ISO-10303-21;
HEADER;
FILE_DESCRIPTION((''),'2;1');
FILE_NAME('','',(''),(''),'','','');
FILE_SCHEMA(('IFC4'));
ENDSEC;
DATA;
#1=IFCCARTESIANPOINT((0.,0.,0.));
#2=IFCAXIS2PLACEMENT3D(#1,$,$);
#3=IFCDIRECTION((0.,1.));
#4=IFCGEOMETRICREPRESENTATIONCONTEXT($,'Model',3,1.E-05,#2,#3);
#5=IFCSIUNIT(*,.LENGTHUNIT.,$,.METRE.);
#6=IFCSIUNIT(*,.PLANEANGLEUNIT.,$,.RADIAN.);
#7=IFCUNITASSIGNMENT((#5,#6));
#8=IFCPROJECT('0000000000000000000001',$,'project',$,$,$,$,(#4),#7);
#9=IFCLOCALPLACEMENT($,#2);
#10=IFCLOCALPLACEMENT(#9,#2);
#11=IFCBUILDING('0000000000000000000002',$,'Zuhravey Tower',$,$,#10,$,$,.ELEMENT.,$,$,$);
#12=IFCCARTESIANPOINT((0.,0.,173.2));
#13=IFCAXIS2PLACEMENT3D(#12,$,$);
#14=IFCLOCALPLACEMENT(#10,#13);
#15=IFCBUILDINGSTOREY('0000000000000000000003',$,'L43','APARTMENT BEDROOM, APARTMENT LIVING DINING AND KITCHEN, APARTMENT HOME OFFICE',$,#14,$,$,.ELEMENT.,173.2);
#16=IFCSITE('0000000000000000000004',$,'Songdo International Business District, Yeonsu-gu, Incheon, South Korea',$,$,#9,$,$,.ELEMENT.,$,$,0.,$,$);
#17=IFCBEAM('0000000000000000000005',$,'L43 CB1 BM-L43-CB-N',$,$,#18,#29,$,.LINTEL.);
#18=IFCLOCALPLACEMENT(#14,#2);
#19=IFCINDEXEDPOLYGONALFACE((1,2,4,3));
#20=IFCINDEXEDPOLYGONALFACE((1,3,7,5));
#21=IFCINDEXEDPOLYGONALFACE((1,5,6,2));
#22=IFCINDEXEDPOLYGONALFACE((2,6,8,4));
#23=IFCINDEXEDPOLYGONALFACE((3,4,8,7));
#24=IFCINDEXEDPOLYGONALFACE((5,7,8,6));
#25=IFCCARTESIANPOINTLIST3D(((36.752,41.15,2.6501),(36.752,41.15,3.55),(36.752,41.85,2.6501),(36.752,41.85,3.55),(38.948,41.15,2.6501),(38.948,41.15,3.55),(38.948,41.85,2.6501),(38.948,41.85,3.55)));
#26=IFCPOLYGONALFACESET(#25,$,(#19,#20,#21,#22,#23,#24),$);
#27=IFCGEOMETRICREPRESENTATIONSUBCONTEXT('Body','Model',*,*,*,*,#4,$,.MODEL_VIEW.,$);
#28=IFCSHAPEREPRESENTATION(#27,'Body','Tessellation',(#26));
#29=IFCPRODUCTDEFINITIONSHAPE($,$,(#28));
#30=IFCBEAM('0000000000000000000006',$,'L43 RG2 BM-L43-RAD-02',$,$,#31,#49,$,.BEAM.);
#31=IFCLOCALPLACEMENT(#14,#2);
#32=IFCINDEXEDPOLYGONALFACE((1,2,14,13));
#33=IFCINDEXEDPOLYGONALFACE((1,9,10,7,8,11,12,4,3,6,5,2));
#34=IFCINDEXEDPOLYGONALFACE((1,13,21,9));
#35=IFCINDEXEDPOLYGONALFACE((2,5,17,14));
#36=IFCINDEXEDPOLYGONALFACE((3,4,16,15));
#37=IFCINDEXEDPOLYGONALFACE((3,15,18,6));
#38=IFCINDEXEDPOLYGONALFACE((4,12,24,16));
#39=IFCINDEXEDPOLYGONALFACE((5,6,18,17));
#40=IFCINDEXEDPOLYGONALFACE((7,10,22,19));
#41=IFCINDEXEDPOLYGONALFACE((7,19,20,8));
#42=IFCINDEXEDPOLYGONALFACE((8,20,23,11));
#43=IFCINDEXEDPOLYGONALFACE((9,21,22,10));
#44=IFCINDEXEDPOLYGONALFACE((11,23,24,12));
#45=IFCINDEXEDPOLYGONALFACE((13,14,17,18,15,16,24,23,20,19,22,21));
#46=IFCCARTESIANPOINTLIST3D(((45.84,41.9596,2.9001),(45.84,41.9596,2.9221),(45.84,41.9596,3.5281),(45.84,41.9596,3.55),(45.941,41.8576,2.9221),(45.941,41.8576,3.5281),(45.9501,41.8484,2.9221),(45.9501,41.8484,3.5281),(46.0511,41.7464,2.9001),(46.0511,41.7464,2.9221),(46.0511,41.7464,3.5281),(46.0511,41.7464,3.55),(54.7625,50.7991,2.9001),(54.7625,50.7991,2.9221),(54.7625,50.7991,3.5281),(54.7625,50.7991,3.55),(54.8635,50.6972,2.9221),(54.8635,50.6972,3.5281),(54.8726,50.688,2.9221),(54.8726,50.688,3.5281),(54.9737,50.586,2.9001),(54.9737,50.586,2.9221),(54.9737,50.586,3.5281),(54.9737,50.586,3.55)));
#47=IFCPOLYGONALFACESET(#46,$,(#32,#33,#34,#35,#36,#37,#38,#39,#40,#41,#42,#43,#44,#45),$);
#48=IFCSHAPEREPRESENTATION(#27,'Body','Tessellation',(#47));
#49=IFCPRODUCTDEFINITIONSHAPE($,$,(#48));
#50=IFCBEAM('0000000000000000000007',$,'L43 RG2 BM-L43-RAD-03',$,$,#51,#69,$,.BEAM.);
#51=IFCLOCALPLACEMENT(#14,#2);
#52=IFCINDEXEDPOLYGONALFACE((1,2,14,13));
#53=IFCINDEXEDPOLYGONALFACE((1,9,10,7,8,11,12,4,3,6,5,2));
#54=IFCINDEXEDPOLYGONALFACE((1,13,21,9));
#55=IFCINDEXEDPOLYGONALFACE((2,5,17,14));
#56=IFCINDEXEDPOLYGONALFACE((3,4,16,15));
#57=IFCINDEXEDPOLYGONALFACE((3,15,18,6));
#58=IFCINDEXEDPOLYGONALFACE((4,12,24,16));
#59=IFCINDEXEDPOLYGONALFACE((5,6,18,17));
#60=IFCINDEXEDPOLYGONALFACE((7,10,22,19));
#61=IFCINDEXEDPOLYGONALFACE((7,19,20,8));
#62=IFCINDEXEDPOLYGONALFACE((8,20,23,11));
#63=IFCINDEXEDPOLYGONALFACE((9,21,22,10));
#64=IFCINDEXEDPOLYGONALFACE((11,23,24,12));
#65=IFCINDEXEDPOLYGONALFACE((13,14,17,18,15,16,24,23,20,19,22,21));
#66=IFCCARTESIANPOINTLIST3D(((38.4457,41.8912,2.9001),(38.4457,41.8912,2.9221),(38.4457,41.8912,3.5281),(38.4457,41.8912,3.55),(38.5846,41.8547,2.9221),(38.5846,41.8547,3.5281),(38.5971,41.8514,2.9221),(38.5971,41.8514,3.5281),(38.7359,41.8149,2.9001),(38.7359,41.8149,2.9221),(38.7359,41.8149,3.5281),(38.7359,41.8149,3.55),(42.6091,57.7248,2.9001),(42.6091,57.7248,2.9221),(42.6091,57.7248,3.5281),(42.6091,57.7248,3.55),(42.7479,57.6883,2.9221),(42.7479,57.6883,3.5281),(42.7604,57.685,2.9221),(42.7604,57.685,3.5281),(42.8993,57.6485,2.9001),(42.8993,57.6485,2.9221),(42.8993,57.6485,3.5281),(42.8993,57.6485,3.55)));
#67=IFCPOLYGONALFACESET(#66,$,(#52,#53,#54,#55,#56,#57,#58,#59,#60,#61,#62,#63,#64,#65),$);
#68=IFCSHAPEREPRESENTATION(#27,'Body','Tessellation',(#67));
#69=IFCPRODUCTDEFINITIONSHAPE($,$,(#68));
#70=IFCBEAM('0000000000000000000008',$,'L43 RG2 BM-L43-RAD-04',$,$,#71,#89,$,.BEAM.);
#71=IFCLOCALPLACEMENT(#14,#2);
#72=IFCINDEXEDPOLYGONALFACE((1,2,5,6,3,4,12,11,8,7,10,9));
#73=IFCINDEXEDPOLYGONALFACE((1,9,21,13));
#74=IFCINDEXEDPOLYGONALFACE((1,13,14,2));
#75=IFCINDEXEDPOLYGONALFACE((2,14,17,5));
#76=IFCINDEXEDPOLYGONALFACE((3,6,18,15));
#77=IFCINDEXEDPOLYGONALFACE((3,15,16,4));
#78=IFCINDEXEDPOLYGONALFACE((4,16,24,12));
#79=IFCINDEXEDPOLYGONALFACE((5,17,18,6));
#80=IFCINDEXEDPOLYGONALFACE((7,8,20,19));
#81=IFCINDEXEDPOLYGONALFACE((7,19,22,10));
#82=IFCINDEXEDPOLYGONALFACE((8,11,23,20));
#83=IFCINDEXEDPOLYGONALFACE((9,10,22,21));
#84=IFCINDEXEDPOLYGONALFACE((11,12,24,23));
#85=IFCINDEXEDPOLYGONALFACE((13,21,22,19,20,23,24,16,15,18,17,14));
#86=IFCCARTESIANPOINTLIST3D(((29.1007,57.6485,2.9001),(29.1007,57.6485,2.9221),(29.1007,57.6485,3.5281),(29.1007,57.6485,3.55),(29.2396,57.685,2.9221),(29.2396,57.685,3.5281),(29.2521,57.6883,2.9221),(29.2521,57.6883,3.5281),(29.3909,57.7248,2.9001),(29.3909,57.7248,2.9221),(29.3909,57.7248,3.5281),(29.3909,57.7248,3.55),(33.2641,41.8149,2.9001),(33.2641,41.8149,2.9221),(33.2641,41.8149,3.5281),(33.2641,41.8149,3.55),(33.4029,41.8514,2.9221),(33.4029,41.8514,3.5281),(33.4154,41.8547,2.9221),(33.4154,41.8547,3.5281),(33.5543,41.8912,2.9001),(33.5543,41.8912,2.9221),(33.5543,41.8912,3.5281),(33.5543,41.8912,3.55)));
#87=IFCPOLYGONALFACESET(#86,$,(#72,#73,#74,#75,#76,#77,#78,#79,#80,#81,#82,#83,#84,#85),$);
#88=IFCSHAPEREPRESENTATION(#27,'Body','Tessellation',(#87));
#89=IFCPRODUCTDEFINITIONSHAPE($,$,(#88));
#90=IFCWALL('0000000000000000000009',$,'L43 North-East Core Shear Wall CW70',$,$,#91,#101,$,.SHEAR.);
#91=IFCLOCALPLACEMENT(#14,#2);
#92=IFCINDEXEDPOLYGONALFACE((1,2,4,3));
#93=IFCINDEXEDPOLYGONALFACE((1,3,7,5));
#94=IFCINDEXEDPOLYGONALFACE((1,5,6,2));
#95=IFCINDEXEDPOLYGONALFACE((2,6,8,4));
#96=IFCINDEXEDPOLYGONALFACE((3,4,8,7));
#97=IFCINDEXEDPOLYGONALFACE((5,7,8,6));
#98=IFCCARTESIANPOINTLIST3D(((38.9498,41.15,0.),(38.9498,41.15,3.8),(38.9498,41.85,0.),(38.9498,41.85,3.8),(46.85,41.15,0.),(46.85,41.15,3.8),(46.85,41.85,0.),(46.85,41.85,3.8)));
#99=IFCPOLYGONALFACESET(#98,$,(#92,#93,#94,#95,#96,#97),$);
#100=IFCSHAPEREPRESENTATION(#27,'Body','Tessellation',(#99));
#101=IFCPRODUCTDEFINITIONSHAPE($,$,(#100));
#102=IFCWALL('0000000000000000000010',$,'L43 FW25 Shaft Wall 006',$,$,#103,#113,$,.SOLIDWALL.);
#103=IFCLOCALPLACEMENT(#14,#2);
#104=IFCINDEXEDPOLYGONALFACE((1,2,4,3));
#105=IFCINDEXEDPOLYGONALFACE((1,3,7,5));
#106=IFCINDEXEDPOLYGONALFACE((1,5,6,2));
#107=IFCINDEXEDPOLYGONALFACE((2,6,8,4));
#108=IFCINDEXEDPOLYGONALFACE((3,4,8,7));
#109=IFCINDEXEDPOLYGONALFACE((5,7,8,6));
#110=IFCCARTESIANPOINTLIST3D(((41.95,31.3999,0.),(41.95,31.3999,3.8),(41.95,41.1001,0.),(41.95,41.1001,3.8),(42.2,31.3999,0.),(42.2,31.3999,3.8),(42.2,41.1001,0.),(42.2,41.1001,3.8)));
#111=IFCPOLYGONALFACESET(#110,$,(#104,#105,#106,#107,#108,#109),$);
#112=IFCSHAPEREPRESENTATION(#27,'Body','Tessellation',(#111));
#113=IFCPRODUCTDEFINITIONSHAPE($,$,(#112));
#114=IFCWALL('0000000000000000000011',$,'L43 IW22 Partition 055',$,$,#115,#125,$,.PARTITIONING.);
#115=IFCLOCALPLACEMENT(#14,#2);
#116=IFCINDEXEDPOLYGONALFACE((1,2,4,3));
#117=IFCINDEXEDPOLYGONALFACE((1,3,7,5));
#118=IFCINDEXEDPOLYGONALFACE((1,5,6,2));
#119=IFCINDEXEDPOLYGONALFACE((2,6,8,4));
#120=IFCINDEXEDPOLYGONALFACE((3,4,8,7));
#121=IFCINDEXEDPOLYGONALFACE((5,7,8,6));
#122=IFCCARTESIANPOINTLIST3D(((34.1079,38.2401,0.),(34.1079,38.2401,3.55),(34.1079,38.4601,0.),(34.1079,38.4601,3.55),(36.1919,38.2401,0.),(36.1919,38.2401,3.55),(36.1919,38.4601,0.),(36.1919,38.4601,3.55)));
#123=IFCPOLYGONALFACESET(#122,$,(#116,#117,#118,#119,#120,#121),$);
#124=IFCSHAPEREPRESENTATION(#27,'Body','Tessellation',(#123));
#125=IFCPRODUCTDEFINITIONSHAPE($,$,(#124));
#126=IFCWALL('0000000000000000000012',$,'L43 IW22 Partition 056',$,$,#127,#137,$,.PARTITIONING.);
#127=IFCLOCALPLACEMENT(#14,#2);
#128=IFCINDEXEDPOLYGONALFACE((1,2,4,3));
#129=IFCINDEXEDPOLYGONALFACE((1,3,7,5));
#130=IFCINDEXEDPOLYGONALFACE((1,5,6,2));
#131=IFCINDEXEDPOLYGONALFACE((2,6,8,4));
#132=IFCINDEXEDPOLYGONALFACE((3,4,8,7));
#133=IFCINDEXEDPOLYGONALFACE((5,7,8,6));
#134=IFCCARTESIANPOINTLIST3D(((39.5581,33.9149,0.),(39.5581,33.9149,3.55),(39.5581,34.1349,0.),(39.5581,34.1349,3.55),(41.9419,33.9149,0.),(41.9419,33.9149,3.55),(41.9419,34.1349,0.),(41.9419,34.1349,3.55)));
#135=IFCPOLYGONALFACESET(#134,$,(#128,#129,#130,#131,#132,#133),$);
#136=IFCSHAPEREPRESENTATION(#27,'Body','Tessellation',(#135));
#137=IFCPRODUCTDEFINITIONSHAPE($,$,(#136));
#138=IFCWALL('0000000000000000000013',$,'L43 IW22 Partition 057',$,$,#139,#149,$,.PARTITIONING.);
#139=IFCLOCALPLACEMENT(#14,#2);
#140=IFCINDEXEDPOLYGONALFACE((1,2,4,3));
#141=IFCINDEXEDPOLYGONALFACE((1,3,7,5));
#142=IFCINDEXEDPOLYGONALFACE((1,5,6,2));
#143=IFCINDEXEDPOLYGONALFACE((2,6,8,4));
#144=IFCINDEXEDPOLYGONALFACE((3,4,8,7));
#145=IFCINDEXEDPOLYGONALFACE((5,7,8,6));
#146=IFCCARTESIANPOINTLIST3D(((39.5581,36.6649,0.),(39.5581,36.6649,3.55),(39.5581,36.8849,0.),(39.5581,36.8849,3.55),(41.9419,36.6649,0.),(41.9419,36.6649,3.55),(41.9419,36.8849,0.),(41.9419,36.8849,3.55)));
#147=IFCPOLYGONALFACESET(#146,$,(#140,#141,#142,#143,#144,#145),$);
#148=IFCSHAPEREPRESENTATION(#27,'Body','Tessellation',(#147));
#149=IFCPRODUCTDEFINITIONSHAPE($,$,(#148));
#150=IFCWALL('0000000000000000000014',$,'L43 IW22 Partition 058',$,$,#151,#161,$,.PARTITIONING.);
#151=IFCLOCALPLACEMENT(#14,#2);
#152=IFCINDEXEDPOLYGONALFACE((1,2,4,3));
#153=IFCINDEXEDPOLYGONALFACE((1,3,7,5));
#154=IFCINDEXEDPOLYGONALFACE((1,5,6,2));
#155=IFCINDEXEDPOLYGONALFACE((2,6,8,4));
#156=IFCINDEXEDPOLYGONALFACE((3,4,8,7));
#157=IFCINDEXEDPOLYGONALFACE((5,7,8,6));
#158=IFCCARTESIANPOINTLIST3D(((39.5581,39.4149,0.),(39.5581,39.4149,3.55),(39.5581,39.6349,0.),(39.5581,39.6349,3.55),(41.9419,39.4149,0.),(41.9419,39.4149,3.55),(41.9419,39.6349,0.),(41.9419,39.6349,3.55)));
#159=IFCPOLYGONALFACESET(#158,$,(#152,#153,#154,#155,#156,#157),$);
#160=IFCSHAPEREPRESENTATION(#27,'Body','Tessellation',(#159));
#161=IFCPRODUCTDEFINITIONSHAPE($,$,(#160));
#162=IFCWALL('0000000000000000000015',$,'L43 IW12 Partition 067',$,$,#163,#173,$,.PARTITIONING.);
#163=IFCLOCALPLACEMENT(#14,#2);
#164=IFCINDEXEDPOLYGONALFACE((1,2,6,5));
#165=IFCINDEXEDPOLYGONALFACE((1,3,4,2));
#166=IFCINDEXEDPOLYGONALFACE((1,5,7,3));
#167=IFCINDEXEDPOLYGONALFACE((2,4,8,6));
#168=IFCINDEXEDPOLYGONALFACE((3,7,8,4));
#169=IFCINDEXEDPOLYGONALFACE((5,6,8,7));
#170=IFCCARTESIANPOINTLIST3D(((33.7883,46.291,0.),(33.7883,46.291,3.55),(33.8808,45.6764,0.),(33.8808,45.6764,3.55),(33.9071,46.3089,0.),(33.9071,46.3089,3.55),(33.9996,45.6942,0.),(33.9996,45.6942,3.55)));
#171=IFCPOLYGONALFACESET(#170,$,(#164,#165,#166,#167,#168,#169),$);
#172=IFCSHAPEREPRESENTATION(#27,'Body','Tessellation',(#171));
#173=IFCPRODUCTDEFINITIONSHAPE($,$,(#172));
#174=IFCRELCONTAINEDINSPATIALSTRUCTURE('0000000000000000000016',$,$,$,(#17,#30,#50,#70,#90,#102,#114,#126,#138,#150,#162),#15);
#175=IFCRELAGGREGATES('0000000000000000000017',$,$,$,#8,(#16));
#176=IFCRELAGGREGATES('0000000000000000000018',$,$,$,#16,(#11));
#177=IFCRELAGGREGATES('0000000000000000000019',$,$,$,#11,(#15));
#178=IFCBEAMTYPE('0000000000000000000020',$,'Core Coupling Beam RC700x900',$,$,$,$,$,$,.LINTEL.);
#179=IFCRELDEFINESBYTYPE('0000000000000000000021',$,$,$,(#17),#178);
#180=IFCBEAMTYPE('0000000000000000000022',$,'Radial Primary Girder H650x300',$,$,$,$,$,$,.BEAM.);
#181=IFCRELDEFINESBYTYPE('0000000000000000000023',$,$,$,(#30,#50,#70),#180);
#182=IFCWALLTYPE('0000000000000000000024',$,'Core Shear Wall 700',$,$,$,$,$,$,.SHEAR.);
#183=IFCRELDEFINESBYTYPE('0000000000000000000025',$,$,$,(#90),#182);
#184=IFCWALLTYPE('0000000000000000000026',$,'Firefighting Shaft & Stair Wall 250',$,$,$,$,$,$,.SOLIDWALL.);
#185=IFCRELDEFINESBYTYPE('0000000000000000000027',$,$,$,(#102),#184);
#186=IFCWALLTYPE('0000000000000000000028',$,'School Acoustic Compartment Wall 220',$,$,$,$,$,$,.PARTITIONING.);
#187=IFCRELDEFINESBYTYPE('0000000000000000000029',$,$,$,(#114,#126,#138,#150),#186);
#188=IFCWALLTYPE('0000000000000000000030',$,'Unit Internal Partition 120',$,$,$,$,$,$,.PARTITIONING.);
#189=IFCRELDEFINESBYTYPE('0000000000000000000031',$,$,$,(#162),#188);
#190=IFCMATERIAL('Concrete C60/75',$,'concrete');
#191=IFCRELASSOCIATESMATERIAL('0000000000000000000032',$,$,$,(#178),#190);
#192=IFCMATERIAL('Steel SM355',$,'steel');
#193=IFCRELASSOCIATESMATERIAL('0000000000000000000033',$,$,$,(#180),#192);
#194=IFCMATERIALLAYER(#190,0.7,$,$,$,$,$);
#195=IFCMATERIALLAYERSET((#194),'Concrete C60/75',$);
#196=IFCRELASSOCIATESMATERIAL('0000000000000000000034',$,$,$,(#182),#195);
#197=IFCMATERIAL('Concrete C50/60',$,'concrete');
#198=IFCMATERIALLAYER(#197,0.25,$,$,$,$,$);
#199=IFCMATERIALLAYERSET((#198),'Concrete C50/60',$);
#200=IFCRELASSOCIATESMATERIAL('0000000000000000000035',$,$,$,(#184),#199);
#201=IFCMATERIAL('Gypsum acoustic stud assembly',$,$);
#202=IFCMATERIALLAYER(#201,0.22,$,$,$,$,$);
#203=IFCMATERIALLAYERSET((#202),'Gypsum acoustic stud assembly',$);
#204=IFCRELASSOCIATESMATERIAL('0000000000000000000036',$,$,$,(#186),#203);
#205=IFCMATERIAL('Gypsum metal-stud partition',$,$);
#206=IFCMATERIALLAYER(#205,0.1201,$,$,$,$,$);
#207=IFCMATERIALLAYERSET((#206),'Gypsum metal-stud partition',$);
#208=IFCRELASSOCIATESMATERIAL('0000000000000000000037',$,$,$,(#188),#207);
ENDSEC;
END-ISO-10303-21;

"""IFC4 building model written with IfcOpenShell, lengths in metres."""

from ifc_helpers import new_model, si_unit, direction, frame, frame_2d, origin, origin_2d, place, context, subcontext, project, spatial, rectangle, i_section, extrude, material, layer, layer_set, material_profile, profile_set, type_object, element, save


model = new_model("IFC4")

# Units and contexts
model_context = context("Model", 3, precision=1e-05, world=origin(), true_north=direction((0.0, 1.0)))
body_context = subcontext(model_context, "Body", "Model", "MODEL_VIEW")
ifc_project = project(units=[si_unit("LENGTHUNIT", "METRE"), si_unit("PLANEANGLEUNIT", "RADIAN")], contexts=[model_context])

# Site, building, storey
site_placement = place(None, origin())
site = spatial("IfcSite", under=ifc_project, at=site_placement, Name="Songdo International Business District, Yeonsu-gu, Incheon, South Korea", CompositionType="ELEMENT", RefElevation=0.0)
building_placement = place(site_placement, origin())
building = spatial("IfcBuilding", under=site, at=building_placement, Name="Zuhravey Tower", CompositionType="ELEMENT")
storey_placement = place(building_placement, frame((0.0, 0.0, 173.2)))
storey = spatial("IfcBuildingStorey", under=building, at=storey_placement, Name="L43", Description="APARTMENT BEDROOM, APARTMENT LIVING DINING AND KITCHEN, APARTMENT HOME OFFICE", CompositionType="ELEMENT", Elevation=173.2)

# Beams
ifc_material_1 = material(Name="Concrete C60/75", Category="concrete")
ifc_material_profile_1 = material_profile(ifc_material_1, rectangle(XDim=0.7, YDim=0.8999, at=origin_2d()), Name="RC-700x900")
ifc_profile_set_1 = profile_set([ifc_material_profile_1], Name="Concrete C60/75")
beam_type_1 = type_object("IfcBeamType", Name="Core Coupling Beam RC700x900", PredefinedType="LINTEL", material=ifc_profile_set_1)
beam_1_placement = place(storey_placement, frame((36.752, 41.5, 3.1001), z_axis=(1.0, 0.0, 0.0), x_axis=(0.0, 1.0, 0.0)))
element("IfcBeam", 1, at=beam_1_placement, inside=storey, type_object=beam_type_1, Name="L43 CB1 BM-L43-CB-N", PredefinedType="LINTEL", context=body_context, shape_type="SweptSolid", body=[
    extrude(rectangle(XDim=0.7, YDim=0.8999, at=origin_2d()), origin(), (0.0, 0.0, 1.0), 2.196),
])
ifc_material_2 = material(Name="Steel SM355", Category="steel")
ifc_material_profile_2 = material_profile(ifc_material_2, i_section(OverallWidth=0.3, OverallDepth=0.6499, WebThickness=0.0129, FlangeThickness=0.022, at=origin_2d()), Name="H-650x300x13x22")
ifc_profile_set_2 = profile_set([ifc_material_profile_2], Name="Steel SM355")
beam_type_2 = type_object("IfcBeamType", Name="Radial Primary Girder H650x300", PredefinedType="BEAM", material=ifc_profile_set_2)
beam_2_placement = place(storey_placement, frame((45.9456, 41.853, 3.2251), z_axis=(0.710404, 0.703795, 0.0), x_axis=(-0.703795, 0.710404, 0.0)))
element("IfcBeam", 2, at=beam_2_placement, inside=storey, type_object=beam_type_2, Name="L43 RG2 BM-L43-RAD-02", PredefinedType="BEAM", context=body_context, shape_type="SweptSolid", body=[
    extrude(i_section(OverallWidth=0.3, OverallDepth=0.6499, WebThickness=0.0129, FlangeThickness=0.022, at=origin_2d()), origin(), (0.0, 0.0, 1.0), 12.5598),
])
for number, where, z_axis, x_axis, name in (
    (3, (38.5908, 41.853, 3.2251), (0.2543, 0.967125, 0.0), (-0.967125, 0.2543, 0.0), "L43 RG2 BM-L43-RAD-03"),
    (4, (33.4092, 41.853, 3.2251), (-0.2543, 0.967125, 0.0), (-0.967125, -0.2543, 0.0), "L43 RG2 BM-L43-RAD-04"),
):
    element("IfcBeam", number, at=place(storey_placement, frame(where, z_axis=z_axis, x_axis=x_axis)), inside=storey, type_object=beam_type_2, Name=name, PredefinedType="BEAM", context=body_context, shape_type="SweptSolid", body=[
        extrude(i_section(OverallWidth=0.3, OverallDepth=0.6499, WebThickness=0.0129, FlangeThickness=0.022, at=origin_2d()), origin(), (0.0, 0.0, 1.0), 16.3718),
    ])

# Wall
ifc_layer_1 = layer(ifc_material_1, 0.7)
ifc_layer_set_1 = layer_set([ifc_layer_1], Name="Concrete C60/75")
wall_type_1 = type_object("IfcWallType", Name="Core Shear Wall 700", PredefinedType="SHEAR", material=ifc_layer_set_1)
wall_1_placement = place(storey_placement, frame((46.8501, 41.5, 0.0), z_axis=(0.0, 0.0, 1.0), x_axis=(-1.0, 0.0, 0.0)))
element("IfcWall", 5, at=wall_1_placement, inside=storey, type_object=wall_type_1, Name="L43 North-East Core Shear Wall CW70", PredefinedType="SHEAR", context=body_context, shape_type="SweptSolid", body=[
    extrude(rectangle(XDim=7.9001, YDim=0.7, at=frame_2d((3.9502, 0.0))), origin(), (0.0, 0.0, 1.0), 3.8),
])

# Shared definitions
ifc_material_3 = material(Name="Concrete C50/60", Category="concrete")
ifc_layer_2 = layer(ifc_material_3, 0.25)
ifc_layer_set_2 = layer_set([ifc_layer_2], Name="Concrete C50/60")
wall_type_2 = type_object("IfcWallType", Name="Firefighting Shaft & Stair Wall 250", PredefinedType="SOLIDWALL", material=ifc_layer_set_2)

# Walls
wall_2_placement = place(storey_placement, frame((42.075, 31.3999, 0.0), z_axis=(0.0, 0.0, 1.0), x_axis=(0.0, 1.0, 0.0)))
element("IfcWall", 6, at=wall_2_placement, inside=storey, type_object=wall_type_2, Name="L43 FW25 Shaft Wall 006", PredefinedType="SOLIDWALL", context=body_context, shape_type="SweptSolid", body=[
    extrude(rectangle(XDim=9.7002, YDim=0.25, at=frame_2d((4.8501, 0.0))), origin(), (0.0, 0.0, 1.0), 3.8),
])
ifc_material_4 = material(Name="Gypsum acoustic stud assembly")
ifc_layer_3 = layer(ifc_material_4, 0.22)
ifc_layer_set_3 = layer_set([ifc_layer_3], Name="Gypsum acoustic stud assembly")
wall_type_3 = type_object("IfcWallType", Name="School Acoustic Compartment Wall 220", PredefinedType="PARTITIONING", material=ifc_layer_set_3)
wall_3_placement = place(storey_placement, frame((34.1079, 38.3501, 0.0), z_axis=(0.0, 0.0, 1.0), x_axis=(1.0, 0.0, 0.0)))
element("IfcWall", 7, at=wall_3_placement, inside=storey, type_object=wall_type_3, Name="L43 IW22 Partition 055", PredefinedType="PARTITIONING", context=body_context, shape_type="SweptSolid", body=[
    extrude(rectangle(XDim=2.084, YDim=0.22, at=frame_2d((1.042, 0.0))), origin(), (0.0, 0.0, 1.0), 3.55),
])
for number, where, z_axis, x_axis, name in (
    (8, (39.5581, 34.0249, 0.0), (0.0, 0.0, 1.0), (1.0, 0.0, 0.0), "L43 IW22 Partition 056"),
    (9, (39.5581, 36.7749, 0.0), (0.0, 0.0, 1.0), (1.0, 0.0, 0.0), "L43 IW22 Partition 057"),
    (10, (39.5581, 39.5249, 0.0), (0.0, 0.0, 1.0), (1.0, 0.0, 0.0), "L43 IW22 Partition 058"),
):
    element("IfcWall", number, at=place(storey_placement, frame(where, z_axis=z_axis, x_axis=x_axis)), inside=storey, type_object=wall_type_3, Name=name, PredefinedType="PARTITIONING", context=body_context, shape_type="SweptSolid", body=[
        extrude(rectangle(XDim=2.3838, YDim=0.22, at=frame_2d((1.1919, 0.0))), origin(), (0.0, 0.0, 1.0), 3.55),
    ])
ifc_material_5 = material(Name="Gypsum metal-stud partition")
ifc_layer_4 = layer(ifc_material_5, 0.1201)
ifc_layer_set_4 = layer_set([ifc_layer_4], Name="Gypsum metal-stud partition")
wall_type_4 = type_object("IfcWallType", Name="Unit Internal Partition 120", PredefinedType="PARTITIONING", material=ifc_layer_set_4)
wall_4_placement = place(storey_placement, frame((33.9402, 45.6853, 0.0), z_axis=(0.0, 0.0, 1.0), x_axis=(-0.14884, 0.988861, 0.0)))
element("IfcWall", 11, at=wall_4_placement, inside=storey, type_object=wall_type_4, Name="L43 IW12 Partition 067", PredefinedType="PARTITIONING", context=body_context, shape_type="SweptSolid", body=[
    extrude(rectangle(XDim=0.6216, YDim=0.1201, at=frame_2d((0.3108, 0.0))), origin(), (0.0, 0.0, 1.0), 3.55),
])

save(model, "model.ifc")
